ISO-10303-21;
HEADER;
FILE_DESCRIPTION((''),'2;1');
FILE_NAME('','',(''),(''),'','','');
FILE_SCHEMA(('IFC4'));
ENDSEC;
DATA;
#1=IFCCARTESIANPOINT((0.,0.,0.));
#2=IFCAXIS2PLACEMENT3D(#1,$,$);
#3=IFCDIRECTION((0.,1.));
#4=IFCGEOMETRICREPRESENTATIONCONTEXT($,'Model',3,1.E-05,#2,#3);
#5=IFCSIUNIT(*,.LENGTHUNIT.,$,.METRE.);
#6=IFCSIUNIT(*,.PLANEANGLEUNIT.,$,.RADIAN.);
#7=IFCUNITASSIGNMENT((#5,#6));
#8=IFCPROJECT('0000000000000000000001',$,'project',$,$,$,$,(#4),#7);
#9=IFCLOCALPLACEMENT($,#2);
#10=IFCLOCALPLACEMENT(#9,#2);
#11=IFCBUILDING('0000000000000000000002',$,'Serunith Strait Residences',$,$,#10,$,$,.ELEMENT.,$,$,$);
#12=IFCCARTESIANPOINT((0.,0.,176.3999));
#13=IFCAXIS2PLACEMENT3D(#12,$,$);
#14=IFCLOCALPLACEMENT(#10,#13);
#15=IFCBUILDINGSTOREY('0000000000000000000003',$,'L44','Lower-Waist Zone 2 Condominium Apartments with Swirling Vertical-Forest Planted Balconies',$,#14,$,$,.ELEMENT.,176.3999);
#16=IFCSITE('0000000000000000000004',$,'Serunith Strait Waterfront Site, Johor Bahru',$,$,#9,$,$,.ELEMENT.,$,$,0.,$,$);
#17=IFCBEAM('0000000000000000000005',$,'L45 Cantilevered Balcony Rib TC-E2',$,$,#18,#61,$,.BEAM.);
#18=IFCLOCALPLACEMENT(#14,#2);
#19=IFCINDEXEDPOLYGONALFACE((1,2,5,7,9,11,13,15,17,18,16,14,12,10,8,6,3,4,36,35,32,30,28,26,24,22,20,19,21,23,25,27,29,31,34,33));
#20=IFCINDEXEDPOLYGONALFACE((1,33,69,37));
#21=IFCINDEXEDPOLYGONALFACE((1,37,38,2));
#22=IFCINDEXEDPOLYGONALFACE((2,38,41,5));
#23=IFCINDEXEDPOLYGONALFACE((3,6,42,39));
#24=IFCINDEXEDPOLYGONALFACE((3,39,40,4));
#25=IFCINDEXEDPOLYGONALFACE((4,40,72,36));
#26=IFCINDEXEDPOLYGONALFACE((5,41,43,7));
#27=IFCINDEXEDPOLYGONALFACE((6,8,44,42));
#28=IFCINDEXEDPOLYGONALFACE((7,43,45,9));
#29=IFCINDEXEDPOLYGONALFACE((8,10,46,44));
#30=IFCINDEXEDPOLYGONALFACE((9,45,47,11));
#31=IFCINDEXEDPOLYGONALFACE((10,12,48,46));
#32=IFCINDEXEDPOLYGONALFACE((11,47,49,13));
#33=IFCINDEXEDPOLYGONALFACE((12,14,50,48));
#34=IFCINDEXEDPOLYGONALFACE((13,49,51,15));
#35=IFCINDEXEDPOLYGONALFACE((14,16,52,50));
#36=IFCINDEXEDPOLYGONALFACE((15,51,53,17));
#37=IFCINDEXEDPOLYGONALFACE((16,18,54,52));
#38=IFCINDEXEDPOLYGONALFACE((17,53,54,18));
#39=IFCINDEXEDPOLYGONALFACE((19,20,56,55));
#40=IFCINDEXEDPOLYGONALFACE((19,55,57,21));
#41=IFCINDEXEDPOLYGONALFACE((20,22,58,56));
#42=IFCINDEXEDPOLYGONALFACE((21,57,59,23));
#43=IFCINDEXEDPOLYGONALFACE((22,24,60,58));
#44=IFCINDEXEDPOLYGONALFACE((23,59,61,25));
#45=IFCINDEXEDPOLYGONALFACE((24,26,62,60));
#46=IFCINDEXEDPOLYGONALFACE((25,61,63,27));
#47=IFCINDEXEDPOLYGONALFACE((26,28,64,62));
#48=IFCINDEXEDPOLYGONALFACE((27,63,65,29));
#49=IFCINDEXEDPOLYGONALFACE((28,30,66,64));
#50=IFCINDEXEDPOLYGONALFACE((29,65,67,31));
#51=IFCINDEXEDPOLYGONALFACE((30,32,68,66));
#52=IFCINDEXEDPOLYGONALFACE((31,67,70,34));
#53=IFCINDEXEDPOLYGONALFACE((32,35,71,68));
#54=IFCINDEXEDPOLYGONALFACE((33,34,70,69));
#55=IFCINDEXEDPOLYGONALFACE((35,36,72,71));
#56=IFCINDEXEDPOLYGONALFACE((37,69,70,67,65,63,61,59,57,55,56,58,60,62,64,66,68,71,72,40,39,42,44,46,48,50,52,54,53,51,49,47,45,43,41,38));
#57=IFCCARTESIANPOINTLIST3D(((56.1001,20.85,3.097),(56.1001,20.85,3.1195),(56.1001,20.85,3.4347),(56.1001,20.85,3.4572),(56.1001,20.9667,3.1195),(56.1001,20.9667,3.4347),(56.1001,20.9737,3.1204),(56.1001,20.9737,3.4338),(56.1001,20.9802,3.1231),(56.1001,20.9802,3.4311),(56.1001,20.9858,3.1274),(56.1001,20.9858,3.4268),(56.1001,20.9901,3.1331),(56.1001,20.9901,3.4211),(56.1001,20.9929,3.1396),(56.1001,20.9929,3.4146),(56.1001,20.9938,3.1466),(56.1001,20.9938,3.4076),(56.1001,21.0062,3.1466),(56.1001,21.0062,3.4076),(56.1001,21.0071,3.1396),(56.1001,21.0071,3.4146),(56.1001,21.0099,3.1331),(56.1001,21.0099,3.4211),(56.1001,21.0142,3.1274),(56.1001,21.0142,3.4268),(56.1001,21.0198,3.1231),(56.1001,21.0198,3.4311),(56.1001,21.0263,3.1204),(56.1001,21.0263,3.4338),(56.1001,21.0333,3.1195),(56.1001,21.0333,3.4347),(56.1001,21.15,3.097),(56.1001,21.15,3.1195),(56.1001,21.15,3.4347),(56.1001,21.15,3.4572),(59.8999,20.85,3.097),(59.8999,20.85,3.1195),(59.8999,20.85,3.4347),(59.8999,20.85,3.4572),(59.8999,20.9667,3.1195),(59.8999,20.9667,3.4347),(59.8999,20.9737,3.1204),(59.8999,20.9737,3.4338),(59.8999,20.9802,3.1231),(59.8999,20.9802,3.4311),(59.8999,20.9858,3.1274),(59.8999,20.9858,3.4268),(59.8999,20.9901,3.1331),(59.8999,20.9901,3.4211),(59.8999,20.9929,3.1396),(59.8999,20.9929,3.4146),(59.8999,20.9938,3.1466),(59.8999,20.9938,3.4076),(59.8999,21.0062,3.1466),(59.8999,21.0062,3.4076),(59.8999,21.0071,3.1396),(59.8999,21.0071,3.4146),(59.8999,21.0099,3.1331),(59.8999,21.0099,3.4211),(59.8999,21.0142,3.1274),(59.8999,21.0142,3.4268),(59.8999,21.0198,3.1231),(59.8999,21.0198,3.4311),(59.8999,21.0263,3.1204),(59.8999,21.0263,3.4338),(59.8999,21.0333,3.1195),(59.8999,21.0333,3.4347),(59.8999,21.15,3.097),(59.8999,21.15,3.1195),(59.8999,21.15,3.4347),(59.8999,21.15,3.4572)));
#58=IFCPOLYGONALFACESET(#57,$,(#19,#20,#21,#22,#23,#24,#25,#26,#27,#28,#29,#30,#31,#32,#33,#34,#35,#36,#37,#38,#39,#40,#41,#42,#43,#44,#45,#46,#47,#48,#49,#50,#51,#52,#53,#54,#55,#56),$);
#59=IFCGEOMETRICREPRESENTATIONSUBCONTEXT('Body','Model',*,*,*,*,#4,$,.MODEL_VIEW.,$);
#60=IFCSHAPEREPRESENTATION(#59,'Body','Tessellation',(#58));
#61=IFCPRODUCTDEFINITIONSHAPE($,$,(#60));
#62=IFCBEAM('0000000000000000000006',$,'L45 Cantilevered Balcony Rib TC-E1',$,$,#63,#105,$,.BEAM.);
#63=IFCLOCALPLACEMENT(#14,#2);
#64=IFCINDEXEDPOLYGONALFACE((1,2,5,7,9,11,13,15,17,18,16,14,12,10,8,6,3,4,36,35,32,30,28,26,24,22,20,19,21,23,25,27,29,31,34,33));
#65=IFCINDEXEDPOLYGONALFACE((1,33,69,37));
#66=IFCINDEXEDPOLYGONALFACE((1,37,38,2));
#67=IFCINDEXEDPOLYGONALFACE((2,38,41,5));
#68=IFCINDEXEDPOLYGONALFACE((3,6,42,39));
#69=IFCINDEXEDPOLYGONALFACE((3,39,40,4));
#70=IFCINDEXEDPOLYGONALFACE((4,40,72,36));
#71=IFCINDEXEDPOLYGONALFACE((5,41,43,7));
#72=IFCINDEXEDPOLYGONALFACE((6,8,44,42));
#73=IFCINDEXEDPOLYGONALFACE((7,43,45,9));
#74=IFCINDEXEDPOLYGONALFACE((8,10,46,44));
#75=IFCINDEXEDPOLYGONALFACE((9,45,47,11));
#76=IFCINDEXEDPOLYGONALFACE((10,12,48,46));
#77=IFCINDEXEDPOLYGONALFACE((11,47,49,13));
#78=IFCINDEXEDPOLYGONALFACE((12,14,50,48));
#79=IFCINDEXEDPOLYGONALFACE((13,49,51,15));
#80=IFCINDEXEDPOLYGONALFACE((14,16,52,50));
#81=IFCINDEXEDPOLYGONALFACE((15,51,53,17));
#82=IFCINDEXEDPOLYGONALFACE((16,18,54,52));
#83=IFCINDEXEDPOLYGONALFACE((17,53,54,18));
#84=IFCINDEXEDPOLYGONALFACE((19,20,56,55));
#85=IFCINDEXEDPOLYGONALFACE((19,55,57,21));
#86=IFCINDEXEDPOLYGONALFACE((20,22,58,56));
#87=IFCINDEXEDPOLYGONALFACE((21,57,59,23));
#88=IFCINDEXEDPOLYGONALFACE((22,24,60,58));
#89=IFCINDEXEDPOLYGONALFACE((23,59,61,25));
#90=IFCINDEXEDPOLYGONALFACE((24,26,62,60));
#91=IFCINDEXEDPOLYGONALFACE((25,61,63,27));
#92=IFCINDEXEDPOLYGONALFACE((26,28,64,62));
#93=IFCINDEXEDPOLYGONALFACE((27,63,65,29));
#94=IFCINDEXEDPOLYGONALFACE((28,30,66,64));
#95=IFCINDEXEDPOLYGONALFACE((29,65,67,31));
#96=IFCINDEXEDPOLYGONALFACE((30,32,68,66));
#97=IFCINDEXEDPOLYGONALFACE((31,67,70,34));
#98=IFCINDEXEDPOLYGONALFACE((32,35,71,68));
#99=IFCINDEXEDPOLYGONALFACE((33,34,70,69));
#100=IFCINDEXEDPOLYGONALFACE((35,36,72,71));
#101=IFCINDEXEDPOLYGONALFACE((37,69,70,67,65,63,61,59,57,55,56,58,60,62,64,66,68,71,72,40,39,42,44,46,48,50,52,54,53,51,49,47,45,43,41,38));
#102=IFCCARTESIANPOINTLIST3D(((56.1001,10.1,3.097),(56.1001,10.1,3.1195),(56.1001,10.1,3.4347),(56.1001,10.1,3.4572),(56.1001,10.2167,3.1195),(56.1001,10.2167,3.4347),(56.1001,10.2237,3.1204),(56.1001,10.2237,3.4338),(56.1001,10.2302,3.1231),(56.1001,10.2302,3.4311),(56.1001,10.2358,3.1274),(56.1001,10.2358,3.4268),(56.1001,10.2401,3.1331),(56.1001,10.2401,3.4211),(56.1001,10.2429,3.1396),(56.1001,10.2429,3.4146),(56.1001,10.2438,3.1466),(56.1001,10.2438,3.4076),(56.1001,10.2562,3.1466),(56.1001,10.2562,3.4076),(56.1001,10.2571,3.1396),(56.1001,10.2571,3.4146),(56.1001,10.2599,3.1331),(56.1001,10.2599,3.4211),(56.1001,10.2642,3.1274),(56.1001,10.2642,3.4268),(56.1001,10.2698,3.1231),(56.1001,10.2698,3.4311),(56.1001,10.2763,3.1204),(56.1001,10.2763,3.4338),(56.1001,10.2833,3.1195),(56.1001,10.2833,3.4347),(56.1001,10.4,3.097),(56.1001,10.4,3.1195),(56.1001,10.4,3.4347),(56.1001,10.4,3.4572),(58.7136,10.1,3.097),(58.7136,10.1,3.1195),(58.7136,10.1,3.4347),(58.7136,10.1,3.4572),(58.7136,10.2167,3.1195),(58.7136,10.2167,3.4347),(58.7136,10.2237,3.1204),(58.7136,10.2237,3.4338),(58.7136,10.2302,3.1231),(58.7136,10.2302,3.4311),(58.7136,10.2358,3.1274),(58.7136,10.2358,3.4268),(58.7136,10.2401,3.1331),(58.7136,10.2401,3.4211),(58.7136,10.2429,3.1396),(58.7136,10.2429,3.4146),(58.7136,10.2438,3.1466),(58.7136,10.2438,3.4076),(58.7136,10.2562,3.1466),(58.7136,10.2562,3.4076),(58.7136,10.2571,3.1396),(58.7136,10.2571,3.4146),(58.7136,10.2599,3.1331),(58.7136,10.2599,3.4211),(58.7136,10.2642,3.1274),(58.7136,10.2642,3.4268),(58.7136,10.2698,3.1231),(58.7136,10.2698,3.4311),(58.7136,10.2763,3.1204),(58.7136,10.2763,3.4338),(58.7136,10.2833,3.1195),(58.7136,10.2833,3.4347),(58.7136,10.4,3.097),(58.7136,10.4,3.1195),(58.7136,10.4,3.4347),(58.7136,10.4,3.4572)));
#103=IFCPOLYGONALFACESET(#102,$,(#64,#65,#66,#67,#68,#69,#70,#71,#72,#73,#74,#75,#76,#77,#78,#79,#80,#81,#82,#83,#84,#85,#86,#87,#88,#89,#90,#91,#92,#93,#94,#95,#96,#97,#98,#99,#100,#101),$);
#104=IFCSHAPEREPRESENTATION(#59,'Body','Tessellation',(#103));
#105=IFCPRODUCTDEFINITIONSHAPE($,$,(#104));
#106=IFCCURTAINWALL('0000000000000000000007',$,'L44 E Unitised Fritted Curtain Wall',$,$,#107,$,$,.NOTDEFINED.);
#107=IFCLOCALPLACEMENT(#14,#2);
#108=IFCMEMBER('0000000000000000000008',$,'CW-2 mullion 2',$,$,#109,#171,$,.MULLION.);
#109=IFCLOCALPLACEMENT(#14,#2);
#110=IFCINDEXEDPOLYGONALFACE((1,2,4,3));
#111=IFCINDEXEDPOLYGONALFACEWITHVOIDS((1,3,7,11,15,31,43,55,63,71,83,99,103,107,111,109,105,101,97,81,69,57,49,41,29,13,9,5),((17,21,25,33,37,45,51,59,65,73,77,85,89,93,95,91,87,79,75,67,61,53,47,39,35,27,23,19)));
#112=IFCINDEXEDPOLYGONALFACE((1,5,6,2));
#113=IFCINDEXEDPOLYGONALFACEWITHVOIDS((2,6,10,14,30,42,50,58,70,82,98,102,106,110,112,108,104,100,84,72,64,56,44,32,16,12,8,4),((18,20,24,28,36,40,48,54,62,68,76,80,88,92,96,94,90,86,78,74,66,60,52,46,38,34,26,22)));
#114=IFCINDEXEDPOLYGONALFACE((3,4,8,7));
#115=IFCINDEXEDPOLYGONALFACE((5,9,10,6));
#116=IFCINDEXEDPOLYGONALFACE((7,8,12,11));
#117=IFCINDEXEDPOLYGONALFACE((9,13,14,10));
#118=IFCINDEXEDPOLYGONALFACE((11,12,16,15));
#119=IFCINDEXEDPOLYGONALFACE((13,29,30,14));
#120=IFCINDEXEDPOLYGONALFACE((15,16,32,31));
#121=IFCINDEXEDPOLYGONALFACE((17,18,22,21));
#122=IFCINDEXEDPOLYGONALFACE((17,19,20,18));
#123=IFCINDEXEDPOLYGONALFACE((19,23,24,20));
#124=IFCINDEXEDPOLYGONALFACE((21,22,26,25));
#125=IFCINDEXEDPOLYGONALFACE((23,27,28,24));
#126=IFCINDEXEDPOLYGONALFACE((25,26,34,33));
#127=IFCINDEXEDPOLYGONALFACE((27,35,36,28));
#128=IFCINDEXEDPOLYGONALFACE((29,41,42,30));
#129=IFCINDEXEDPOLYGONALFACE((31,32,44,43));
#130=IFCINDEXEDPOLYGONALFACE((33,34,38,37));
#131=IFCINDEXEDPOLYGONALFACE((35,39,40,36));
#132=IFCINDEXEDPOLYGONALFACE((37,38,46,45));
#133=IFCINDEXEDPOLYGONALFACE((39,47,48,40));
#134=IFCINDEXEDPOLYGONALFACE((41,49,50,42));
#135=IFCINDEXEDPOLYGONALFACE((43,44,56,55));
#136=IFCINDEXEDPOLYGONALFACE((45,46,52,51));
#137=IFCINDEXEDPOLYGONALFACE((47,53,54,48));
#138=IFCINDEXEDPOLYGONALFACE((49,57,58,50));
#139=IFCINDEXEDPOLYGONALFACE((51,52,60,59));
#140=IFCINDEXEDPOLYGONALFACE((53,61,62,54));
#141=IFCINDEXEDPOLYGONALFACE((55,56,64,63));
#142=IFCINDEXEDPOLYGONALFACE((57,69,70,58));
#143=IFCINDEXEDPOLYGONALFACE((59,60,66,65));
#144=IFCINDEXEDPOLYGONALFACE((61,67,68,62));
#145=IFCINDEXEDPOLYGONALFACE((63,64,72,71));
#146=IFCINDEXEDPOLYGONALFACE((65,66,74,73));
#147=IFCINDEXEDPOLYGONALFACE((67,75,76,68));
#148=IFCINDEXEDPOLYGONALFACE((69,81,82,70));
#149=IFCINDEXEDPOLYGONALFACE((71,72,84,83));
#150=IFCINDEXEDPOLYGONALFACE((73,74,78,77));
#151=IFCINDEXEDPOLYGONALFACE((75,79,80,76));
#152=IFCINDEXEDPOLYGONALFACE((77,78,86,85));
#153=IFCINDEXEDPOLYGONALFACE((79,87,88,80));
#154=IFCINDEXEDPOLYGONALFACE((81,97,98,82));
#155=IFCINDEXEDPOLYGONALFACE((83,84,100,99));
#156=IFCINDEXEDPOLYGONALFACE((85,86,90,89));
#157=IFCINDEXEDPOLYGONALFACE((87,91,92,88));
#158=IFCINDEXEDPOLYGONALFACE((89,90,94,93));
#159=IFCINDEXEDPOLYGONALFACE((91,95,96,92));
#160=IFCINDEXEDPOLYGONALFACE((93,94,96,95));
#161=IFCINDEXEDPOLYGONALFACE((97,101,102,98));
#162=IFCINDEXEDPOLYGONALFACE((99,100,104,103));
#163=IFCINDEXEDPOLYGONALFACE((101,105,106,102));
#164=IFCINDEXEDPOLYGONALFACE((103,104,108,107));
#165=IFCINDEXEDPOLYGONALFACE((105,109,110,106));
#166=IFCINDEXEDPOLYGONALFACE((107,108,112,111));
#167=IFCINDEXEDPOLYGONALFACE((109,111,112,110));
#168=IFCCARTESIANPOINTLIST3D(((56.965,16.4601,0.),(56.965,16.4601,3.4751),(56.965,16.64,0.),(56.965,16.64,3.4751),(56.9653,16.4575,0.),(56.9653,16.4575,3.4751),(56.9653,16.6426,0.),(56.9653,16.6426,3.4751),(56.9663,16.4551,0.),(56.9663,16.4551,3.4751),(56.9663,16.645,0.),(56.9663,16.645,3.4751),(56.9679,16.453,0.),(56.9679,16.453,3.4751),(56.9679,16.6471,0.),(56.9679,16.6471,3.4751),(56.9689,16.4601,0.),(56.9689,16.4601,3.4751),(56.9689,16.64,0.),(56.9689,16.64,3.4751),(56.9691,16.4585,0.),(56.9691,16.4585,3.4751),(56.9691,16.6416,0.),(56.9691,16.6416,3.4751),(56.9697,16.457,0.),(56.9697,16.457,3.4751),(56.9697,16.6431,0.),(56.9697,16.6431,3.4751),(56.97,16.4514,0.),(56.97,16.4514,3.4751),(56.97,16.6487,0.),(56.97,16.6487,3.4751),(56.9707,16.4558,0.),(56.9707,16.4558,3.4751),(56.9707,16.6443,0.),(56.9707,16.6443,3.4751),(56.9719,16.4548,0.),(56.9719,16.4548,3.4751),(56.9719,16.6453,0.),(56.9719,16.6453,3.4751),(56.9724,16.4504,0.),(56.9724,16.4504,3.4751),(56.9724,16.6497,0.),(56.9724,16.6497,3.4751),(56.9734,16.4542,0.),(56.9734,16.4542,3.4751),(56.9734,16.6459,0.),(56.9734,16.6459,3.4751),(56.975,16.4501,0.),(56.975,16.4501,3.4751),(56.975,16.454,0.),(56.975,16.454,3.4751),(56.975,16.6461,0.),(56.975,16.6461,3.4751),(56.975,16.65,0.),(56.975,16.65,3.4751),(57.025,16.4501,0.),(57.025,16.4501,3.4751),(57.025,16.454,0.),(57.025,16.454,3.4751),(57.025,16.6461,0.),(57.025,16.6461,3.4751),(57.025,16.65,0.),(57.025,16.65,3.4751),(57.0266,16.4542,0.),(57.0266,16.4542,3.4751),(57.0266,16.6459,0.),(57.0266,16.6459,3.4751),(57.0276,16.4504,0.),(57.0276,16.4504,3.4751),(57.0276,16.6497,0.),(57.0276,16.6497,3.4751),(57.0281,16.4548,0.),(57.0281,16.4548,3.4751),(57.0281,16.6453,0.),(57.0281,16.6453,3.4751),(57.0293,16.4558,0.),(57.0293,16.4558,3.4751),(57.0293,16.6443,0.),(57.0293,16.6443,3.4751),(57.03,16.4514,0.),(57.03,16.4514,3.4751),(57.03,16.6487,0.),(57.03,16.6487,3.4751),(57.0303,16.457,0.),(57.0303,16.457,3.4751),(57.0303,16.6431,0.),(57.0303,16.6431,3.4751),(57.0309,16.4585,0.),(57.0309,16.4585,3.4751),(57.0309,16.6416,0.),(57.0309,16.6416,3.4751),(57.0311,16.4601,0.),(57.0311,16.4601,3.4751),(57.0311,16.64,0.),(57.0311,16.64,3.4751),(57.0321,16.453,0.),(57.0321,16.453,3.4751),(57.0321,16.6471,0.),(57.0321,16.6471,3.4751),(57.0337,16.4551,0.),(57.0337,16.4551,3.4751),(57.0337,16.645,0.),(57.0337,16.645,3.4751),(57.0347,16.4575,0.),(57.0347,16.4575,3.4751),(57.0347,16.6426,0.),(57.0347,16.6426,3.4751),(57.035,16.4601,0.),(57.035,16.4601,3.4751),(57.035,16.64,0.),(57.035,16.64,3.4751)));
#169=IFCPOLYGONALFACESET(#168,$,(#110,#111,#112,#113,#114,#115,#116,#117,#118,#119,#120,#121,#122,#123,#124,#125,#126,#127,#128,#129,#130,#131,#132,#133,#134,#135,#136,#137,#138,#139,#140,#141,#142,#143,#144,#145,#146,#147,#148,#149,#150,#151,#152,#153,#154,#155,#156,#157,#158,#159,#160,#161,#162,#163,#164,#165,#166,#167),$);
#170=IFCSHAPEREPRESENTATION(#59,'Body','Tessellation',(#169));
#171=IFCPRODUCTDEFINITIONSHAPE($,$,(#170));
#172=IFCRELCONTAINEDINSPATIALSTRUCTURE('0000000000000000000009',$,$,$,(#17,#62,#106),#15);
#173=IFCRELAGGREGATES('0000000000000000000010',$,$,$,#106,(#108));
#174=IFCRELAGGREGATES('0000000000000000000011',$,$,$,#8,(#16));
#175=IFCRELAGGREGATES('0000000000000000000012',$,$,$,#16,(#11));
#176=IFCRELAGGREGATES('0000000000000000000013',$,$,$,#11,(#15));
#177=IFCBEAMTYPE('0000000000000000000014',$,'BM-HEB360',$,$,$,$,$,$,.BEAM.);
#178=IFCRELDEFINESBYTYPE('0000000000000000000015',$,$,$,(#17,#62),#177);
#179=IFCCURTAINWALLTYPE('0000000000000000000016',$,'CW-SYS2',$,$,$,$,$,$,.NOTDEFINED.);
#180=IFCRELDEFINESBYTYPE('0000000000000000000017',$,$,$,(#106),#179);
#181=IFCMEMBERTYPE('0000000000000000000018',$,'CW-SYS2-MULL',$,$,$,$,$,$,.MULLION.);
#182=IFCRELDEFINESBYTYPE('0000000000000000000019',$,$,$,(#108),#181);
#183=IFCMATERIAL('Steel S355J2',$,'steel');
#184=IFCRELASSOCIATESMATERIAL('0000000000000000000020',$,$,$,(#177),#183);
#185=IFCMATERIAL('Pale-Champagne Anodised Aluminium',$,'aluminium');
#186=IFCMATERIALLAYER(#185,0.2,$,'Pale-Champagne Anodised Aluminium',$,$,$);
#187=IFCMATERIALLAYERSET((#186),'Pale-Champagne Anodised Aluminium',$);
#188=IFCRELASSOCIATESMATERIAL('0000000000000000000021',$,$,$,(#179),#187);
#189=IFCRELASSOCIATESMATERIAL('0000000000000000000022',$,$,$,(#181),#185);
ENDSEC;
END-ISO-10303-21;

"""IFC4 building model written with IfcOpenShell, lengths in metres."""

from ifc_helpers import new_model, si_unit, direction, frame, origin, origin_2d, place, context, subcontext, project, spatial, hollow_rectangle, i_section, extrude, source, transform, mapped, material, layer, layer_set, material_profile, profile_set, type_object, element, aggregate, save


model = new_model("IFC4")

# Units and contexts
model_context = context("Model", 3, precision=1e-05, world=origin(), true_north=direction((0.0, 1.0)))
body_context = subcontext(model_context, "Body", "Model", "MODEL_VIEW")
ifc_project = project(units=[si_unit("LENGTHUNIT", "METRE"), si_unit("PLANEANGLEUNIT", "RADIAN")], contexts=[model_context])

# Site, building, storey
site_placement = place(None, origin())
site = spatial("IfcSite", under=ifc_project, at=site_placement, Name="Serunith Strait Waterfront Site, Johor Bahru", CompositionType="ELEMENT", RefElevation=0.0)
building_placement = place(site_placement, origin())
building = spatial("IfcBuilding", under=site, at=building_placement, Name="Serunith Strait Residences", CompositionType="ELEMENT")
storey_placement = place(building_placement, frame((0.0, 0.0, 176.3999)))
storey = spatial("IfcBuildingStorey", under=building, at=storey_placement, Name="L44", Description="Lower-Waist Zone 2 Condominium Apartments with Swirling Vertical-Forest Planted Balconies", CompositionType="ELEMENT", Elevation=176.3999)

# Beams
ifc_material_1 = material(Name="Steel S355J2", Category="steel")
ifc_material_profile_1 = material_profile(ifc_material_1, i_section(OverallWidth=0.3, OverallDepth=0.3601, WebThickness=0.0125, FlangeThickness=0.0225, FilletRadius=0.0271, at=origin_2d()), Name="HEB 360")
ifc_profile_set_1 = profile_set([ifc_material_profile_1], Name="Steel S355J2")
beam_type_1 = type_object("IfcBeamType", Name="BM-HEB360", PredefinedType="BEAM", material=ifc_profile_set_1)
shared_shape_1 = source(origin(), body_context, "Body", "SweptSolid", [
    extrude(i_section(OverallWidth=0.3, OverallDepth=0.3601, WebThickness=0.0125, FlangeThickness=0.0225, FilletRadius=0.0271, at=origin_2d()), origin(), (0.0, 0.0, 1.0), 3.7998),
])
beam_1_placement = place(storey_placement, frame((56.1001, 21.0, 3.2771), z_axis=(1.0, 0.0, 0.0), x_axis=(0.0, 1.0, 0.0)))
element("IfcBeam", 1, at=beam_1_placement, inside=storey, type_object=beam_type_1, Name="L45 Cantilevered Balcony Rib TC-E2", PredefinedType="BEAM", context=body_context, shape_type="MappedRepresentation", body=[
    mapped(shared_shape_1, transform((0.0, 0.0, 0.0), scale=1.0)),
])
shared_shape_2 = source(origin(), body_context, "Body", "SweptSolid", [
    extrude(i_section(OverallWidth=0.3, OverallDepth=0.3601, WebThickness=0.0125, FlangeThickness=0.0225, FilletRadius=0.0271, at=origin_2d()), origin(), (0.0, 0.0, 1.0), 2.6135),
])
beam_2_placement = place(storey_placement, frame((56.1001, 10.25, 3.2771), z_axis=(1.0, 0.0, 0.0), x_axis=(0.0, 1.0, 0.0)))
element("IfcBeam", 2, at=beam_2_placement, inside=storey, type_object=beam_type_1, Name="L45 Cantilevered Balcony Rib TC-E1", PredefinedType="BEAM", context=body_context, shape_type="MappedRepresentation", body=[
    mapped(shared_shape_2, transform((0.0, 0.0, 0.0), scale=1.0)),
])

# Curtain wall, member
ifc_material_2 = material(Name="Pale-Champagne Anodised Aluminium", Category="aluminium")
ifc_layer_1 = layer(ifc_material_2, 0.2, Name="Pale-Champagne Anodised Aluminium")
ifc_layer_set_1 = layer_set([ifc_layer_1], Name="Pale-Champagne Anodised Aluminium")
curtain_wall_type = type_object("IfcCurtainWallType", Name="CW-SYS2", PredefinedType="NOTDEFINED", material=ifc_layer_set_1)
curtain_wall_placement = place(storey_placement, origin())
curtain_wall = element("IfcCurtainWall", 3, at=curtain_wall_placement, inside=storey, type_object=curtain_wall_type, Name="L44 E Unitised Fritted Curtain Wall", PredefinedType="NOTDEFINED")
ifc_material_profile_2 = material_profile(ifc_material_2, hollow_rectangle(XDim=0.0701, YDim=0.2, WallThickness=0.0039, InnerFilletRadius=0.0061, OuterFilletRadius=0.01, at=origin_2d()), Name="ALU 200x70x4")
ifc_profile_set_2 = profile_set([ifc_material_profile_2], Name="Pale-Champagne Anodised Aluminium")
member_type_1 = type_object("IfcMemberType", Name="CW-SYS2-MULL", PredefinedType="MULLION", material=ifc_profile_set_2)
shared_shape_3 = source(origin(), body_context, "Body", "SweptSolid", [
    extrude(hollow_rectangle(XDim=0.0701, YDim=0.2, WallThickness=0.0039, InnerFilletRadius=0.0061, OuterFilletRadius=0.01, at=origin_2d()), origin(), (0.0, 0.0, 1.0), 3.4751),
])
member_1_placement = place(storey_placement, frame((57.0, 16.55, 0.0), z_axis=(0.0, 0.0, 1.0), x_axis=(-1.0, 0.0, 0.0)))
member_1 = element("IfcMember", 4, at=member_1_placement, type_object=member_type_1, Name="CW-2 mullion 2", PredefinedType="MULLION", context=body_context, shape_type="MappedRepresentation", body=[
    mapped(shared_shape_3, transform((0.0, 0.0, 0.0), scale=1.0)),
])
aggregate(curtain_wall, [member_1])

save(model, "model.ifc")
